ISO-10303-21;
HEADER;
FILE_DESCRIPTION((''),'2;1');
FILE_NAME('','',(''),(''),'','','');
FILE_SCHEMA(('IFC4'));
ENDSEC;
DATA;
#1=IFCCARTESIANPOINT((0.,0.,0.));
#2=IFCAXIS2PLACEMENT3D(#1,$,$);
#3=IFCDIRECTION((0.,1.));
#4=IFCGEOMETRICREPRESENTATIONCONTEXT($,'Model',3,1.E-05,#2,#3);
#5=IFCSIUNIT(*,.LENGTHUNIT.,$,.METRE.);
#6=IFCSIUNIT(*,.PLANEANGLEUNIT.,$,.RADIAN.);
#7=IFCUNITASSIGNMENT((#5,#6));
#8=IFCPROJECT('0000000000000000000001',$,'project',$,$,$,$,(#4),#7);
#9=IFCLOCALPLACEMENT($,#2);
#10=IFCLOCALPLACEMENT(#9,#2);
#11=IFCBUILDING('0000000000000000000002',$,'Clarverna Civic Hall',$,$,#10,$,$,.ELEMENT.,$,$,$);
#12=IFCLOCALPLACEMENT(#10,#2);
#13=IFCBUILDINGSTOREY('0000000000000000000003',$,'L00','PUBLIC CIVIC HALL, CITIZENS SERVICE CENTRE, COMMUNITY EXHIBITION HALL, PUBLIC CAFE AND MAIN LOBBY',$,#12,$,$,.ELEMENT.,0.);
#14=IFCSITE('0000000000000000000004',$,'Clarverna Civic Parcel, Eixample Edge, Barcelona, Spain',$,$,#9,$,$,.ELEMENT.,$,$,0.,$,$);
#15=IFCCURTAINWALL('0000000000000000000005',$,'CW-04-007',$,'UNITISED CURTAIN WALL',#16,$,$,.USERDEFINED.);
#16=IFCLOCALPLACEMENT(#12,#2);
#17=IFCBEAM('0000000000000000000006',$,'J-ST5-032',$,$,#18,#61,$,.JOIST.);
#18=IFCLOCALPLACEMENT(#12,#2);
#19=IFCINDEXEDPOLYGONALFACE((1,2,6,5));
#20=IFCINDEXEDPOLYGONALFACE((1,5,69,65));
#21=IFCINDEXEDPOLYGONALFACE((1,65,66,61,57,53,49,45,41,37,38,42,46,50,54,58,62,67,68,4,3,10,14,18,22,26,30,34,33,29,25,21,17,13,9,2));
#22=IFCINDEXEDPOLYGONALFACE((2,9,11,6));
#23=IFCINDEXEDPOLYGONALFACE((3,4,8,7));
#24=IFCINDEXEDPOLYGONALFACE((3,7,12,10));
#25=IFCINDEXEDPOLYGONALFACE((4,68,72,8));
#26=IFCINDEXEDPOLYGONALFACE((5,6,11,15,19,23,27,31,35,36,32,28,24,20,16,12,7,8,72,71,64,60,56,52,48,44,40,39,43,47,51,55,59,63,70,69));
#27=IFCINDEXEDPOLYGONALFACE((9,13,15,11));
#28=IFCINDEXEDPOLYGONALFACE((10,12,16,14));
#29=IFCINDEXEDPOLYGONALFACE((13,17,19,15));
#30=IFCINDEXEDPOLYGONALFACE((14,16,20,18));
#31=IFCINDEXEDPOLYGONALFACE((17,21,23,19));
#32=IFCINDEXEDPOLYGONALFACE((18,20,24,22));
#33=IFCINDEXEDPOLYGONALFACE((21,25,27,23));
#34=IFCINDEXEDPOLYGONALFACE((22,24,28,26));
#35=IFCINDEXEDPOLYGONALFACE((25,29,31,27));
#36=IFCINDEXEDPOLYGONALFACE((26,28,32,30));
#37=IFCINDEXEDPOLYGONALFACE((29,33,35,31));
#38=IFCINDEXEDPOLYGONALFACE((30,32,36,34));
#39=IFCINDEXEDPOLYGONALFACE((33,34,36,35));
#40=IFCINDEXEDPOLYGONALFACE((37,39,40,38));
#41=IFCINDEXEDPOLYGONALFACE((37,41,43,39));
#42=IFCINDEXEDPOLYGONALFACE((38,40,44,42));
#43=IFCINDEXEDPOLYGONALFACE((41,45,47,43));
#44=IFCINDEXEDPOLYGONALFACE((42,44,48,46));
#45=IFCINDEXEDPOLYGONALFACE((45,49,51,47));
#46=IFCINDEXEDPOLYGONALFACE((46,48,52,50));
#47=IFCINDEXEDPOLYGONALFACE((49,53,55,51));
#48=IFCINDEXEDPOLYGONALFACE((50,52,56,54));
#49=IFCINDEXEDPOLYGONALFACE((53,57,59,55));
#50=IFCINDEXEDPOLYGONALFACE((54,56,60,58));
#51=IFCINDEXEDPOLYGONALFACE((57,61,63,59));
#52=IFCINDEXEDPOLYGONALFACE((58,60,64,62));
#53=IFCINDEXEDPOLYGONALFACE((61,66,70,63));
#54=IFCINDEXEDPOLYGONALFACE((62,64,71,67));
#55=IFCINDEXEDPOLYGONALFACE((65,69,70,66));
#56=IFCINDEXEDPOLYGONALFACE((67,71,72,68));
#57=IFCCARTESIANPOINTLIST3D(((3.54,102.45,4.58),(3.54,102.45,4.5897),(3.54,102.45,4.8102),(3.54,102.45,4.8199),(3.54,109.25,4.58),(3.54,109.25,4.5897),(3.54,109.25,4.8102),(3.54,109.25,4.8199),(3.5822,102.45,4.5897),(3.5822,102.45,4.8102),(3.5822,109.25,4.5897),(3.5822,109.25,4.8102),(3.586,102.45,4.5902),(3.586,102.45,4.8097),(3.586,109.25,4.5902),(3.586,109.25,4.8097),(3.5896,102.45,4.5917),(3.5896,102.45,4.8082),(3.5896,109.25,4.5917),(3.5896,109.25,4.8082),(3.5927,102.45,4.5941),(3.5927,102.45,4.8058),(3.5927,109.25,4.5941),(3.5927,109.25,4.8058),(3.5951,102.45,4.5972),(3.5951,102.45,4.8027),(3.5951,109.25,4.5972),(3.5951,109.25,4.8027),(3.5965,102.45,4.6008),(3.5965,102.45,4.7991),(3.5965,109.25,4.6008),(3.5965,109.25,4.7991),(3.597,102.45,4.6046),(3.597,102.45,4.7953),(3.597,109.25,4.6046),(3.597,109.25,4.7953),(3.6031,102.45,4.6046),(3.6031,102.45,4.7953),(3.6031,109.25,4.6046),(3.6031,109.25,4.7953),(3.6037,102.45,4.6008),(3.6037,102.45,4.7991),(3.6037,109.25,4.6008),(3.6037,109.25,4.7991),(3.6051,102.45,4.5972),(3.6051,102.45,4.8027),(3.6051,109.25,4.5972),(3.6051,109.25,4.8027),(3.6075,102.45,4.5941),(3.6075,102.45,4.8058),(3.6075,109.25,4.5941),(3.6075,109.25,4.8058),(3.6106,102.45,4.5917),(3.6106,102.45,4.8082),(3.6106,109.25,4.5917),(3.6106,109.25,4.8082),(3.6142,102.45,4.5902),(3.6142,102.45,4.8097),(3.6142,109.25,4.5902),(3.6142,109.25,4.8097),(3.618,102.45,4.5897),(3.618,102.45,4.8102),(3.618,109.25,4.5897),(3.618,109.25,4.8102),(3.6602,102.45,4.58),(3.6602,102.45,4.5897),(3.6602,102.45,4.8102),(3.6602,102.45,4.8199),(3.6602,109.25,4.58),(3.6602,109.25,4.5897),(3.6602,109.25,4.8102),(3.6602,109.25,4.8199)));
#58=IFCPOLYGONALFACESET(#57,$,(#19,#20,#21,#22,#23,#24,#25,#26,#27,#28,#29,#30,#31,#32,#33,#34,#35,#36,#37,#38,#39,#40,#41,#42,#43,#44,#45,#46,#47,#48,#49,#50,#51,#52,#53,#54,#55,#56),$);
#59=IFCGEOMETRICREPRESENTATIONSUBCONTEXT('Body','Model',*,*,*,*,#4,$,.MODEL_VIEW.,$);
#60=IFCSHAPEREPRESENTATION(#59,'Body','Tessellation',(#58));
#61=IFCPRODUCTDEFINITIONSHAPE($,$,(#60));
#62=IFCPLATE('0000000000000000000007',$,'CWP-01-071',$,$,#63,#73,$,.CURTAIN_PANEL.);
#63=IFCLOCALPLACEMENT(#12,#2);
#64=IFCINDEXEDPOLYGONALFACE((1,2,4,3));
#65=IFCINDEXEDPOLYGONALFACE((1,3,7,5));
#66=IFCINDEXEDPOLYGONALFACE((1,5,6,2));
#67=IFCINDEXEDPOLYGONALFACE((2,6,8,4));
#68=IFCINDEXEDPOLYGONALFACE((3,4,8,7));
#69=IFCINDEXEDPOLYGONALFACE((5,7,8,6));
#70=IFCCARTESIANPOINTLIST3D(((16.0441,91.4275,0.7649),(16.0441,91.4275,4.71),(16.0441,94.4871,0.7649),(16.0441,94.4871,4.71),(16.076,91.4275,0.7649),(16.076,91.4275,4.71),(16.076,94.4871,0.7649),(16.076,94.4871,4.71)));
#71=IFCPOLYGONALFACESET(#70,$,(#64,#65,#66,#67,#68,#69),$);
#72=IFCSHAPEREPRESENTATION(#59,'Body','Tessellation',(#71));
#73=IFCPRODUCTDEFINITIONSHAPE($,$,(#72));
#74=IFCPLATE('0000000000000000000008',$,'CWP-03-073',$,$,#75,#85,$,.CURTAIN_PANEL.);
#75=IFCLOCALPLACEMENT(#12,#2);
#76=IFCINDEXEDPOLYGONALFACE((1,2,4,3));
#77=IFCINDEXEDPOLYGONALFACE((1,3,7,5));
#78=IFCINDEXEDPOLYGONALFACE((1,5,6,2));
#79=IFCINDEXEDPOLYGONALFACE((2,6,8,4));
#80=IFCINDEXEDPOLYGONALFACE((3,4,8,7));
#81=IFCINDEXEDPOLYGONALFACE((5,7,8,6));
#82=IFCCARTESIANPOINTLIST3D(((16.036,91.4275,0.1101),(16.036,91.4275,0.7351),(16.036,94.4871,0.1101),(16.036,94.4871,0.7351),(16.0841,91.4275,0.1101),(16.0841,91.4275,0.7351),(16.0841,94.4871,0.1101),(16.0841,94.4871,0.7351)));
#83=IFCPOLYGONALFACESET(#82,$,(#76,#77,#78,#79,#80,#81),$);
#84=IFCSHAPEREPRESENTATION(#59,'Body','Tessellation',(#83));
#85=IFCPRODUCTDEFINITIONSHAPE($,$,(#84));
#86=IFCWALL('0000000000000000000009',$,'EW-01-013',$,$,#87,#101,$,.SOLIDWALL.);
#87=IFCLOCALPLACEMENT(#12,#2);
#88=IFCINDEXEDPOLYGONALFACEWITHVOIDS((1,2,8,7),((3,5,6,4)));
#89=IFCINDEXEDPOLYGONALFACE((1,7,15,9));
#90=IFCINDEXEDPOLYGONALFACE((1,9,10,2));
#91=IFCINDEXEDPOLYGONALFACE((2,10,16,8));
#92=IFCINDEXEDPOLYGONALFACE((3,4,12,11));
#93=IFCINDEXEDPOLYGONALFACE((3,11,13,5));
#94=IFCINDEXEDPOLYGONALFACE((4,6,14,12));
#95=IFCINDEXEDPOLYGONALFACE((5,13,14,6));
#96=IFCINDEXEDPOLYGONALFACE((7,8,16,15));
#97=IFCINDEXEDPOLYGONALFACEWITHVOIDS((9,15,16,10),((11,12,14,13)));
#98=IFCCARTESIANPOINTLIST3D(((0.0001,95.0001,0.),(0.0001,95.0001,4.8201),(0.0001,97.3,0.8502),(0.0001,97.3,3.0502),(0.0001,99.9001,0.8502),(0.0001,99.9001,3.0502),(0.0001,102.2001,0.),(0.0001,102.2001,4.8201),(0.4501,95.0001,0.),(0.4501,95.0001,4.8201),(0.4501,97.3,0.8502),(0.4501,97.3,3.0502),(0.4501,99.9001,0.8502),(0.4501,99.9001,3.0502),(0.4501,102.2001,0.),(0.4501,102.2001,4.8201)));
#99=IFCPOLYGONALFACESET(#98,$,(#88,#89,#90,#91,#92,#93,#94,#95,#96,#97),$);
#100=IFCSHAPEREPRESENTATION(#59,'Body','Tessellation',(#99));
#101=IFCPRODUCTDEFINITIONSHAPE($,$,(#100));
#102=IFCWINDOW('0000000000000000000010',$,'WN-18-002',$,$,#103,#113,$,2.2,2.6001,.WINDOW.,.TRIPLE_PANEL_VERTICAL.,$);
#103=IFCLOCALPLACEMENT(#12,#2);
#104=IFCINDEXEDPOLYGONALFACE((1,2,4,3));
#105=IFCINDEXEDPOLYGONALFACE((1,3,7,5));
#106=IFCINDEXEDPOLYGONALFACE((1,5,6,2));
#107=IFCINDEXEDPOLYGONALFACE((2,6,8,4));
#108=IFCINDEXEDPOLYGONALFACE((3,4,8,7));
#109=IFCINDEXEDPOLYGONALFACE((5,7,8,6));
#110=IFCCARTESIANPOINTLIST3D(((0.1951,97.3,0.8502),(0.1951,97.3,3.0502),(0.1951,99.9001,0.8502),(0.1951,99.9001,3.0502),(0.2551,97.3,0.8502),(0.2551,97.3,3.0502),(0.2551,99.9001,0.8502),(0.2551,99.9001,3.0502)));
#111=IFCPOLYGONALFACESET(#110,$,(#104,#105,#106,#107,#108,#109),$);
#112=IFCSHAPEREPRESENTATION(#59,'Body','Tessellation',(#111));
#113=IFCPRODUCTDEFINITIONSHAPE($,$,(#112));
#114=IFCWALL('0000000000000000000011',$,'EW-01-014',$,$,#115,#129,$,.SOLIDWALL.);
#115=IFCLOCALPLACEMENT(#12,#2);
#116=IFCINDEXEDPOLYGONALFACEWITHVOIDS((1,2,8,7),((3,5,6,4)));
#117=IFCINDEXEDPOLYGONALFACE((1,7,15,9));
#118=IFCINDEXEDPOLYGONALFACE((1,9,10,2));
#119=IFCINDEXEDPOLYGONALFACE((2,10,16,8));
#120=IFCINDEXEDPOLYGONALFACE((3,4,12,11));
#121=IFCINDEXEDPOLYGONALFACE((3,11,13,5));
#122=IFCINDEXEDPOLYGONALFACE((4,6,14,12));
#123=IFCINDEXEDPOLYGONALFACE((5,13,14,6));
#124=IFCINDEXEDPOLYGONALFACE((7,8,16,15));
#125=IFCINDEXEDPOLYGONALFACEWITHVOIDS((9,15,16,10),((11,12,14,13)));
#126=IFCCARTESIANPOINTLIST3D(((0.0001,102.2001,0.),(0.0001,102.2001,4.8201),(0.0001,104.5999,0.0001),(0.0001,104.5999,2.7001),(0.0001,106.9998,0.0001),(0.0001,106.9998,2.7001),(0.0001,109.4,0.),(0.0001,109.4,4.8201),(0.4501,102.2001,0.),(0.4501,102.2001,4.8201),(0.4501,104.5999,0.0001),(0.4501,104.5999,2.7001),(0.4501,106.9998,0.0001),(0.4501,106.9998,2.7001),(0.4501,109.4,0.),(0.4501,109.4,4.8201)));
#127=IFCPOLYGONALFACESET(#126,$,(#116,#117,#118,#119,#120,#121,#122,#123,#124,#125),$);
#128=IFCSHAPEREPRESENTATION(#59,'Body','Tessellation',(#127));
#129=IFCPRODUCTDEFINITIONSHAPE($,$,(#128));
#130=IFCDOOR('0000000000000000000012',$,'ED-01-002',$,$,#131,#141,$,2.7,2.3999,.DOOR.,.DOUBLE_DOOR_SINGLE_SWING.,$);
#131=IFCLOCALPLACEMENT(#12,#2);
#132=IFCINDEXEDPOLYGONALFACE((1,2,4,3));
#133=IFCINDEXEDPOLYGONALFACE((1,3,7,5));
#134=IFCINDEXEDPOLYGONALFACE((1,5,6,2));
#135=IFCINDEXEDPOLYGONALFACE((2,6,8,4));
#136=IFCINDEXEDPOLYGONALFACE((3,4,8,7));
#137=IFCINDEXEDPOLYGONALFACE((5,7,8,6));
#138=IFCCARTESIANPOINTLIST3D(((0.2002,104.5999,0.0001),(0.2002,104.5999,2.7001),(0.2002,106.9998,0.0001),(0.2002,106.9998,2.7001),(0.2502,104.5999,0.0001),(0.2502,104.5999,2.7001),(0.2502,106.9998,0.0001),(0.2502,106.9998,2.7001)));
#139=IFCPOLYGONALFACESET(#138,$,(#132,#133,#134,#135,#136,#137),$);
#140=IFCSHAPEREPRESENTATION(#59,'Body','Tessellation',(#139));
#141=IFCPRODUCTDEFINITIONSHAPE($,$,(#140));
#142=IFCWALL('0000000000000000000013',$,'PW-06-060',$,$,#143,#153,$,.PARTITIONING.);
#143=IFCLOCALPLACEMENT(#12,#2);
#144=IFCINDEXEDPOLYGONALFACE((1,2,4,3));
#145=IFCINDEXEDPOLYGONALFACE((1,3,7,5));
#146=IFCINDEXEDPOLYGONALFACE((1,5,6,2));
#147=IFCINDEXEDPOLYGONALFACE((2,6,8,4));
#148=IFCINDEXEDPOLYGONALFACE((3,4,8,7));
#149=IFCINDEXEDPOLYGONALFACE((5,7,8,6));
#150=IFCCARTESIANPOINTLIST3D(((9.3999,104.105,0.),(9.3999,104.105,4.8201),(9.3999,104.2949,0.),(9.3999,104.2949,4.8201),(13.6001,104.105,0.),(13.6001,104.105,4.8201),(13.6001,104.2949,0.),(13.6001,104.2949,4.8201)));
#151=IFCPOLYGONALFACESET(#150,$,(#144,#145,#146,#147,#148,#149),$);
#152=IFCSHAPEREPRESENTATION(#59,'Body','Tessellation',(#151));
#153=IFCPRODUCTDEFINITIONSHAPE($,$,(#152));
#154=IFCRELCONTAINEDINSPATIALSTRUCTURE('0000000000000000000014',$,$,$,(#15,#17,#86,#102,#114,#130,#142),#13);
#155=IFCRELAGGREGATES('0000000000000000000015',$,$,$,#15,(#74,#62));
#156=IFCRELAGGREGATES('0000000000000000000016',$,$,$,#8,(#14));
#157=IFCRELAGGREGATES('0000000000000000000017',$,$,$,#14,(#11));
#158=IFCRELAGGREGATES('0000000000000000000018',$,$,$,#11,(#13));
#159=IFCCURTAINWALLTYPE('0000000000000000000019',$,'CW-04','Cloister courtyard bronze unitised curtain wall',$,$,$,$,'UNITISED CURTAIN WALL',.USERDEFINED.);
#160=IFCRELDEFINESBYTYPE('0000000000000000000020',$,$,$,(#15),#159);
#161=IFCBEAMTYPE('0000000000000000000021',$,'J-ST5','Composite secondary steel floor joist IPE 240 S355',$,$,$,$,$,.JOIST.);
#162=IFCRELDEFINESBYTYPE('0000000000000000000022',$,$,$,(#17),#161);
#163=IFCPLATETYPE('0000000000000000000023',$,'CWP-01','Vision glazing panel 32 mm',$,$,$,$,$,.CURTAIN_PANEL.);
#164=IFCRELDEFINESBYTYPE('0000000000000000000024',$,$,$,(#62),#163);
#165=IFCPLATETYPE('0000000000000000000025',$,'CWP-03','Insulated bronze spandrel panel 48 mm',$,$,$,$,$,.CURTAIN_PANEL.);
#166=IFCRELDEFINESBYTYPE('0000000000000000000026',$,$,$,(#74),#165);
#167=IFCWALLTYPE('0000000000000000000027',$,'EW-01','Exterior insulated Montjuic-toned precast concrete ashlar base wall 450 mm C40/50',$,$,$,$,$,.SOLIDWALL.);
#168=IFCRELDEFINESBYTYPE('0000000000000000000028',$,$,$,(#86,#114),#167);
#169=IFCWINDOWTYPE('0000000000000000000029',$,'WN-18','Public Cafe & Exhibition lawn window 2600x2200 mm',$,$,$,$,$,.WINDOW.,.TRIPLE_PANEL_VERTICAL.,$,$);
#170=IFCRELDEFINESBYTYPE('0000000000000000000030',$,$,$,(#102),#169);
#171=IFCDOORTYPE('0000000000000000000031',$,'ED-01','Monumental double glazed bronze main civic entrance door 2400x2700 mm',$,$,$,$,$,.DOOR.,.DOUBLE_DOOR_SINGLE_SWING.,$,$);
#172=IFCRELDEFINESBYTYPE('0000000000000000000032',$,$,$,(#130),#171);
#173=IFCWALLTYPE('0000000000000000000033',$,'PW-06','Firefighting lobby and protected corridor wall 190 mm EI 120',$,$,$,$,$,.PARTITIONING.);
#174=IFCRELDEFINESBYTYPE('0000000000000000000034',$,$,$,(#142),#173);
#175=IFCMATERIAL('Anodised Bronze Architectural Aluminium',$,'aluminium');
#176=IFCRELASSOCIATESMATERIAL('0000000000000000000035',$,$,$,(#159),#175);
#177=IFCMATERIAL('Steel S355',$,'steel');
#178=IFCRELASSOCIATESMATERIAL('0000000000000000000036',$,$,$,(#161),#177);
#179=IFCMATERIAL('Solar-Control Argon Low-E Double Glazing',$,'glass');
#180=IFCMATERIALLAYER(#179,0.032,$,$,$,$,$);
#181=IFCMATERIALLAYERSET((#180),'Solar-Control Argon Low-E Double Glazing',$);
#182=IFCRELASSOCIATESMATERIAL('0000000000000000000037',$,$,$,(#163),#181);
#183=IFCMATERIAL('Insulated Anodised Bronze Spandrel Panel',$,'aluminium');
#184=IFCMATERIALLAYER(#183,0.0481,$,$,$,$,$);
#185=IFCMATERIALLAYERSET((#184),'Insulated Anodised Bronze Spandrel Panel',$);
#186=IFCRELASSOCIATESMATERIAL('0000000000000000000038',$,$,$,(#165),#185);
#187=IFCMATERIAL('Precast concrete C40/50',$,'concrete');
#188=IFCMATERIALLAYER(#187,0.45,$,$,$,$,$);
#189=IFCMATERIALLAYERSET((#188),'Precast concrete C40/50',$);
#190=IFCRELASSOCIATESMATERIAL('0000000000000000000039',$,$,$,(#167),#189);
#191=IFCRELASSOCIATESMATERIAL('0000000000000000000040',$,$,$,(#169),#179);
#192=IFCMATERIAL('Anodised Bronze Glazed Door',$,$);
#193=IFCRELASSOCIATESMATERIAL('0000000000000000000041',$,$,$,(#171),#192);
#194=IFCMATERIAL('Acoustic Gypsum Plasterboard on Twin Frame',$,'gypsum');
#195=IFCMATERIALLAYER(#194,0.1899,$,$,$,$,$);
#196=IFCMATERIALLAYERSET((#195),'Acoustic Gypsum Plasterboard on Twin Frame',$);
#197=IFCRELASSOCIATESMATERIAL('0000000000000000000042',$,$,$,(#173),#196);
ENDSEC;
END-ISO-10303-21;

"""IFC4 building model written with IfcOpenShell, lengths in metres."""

from ifc_helpers import new_model, si_unit, direction, frame, frame_2d, origin, origin_2d, place, context, subcontext, project, spatial, rectangle, i_section, extrude, material, layer, layer_set, material_profile, profile_set, type_object, element, fill, aggregate, save


model = new_model("IFC4")

# Units and contexts
model_context = context("Model", 3, precision=1e-05, world=origin(), true_north=direction((0.0, 1.0)))
body_context = subcontext(model_context, "Body", "Model", "MODEL_VIEW")
ifc_project = project(units=[si_unit("LENGTHUNIT", "METRE"), si_unit("PLANEANGLEUNIT", "RADIAN")], contexts=[model_context])

# Site, building, storey
site_placement = place(None, origin())
site = spatial("IfcSite", under=ifc_project, at=site_placement, Name="Clarverna Civic Parcel, Eixample Edge, Barcelona, Spain", CompositionType="ELEMENT", RefElevation=0.0)
building_placement = place(site_placement, origin())
building = spatial("IfcBuilding", under=site, at=building_placement, Name="Clarverna Civic Hall", CompositionType="ELEMENT")
storey_placement = place(building_placement, origin())
storey = spatial("IfcBuildingStorey", under=building, at=storey_placement, Name="L00", Description="PUBLIC CIVIC HALL, CITIZENS SERVICE CENTRE, COMMUNITY EXHIBITION HALL, PUBLIC CAFE AND MAIN LOBBY", CompositionType="ELEMENT", Elevation=0.0)

# Shared definitions
ifc_material_1 = material(Name="Steel S355", Category="steel")

# Curtain wall
ifc_material_2 = material(Name="Anodised Bronze Architectural Aluminium", Category="aluminium")
curtain_wall_type = type_object("IfcCurtainWallType", Name="CW-04", Description="Cloister courtyard bronze unitised curtain wall", ElementType="UNITISED CURTAIN WALL", PredefinedType="USERDEFINED", material=ifc_material_2)
curtain_wall_placement = place(storey_placement, origin())
curtain_wall = element("IfcCurtainWall", 1, at=curtain_wall_placement, inside=storey, type_object=curtain_wall_type, Name="CW-04-007", ObjectType="UNITISED CURTAIN WALL", PredefinedType="USERDEFINED")

# Beam
ifc_material_profile_1 = material_profile(ifc_material_1, i_section(OverallWidth=0.1201, OverallDepth=0.24, WebThickness=0.0061, FlangeThickness=0.0098, FilletRadius=0.0149, at=origin_2d()), Name="IPE 240")
ifc_profile_set_1 = profile_set([ifc_material_profile_1], Name="Steel S355")
beam_type_1 = type_object("IfcBeamType", Name="J-ST5", Description="Composite secondary steel floor joist IPE 240 S355", PredefinedType="JOIST", material=ifc_profile_set_1)
beam_1_placement = place(storey_placement, frame((3.6001, 102.45, 4.7), z_axis=(0.0, 1.0, 0.0), x_axis=(-1.0, 0.0, 0.0)))
element("IfcBeam", 2, at=beam_1_placement, inside=storey, type_object=beam_type_1, Name="J-ST5-032", PredefinedType="JOIST", context=body_context, shape_type="SweptSolid", body=[
    extrude(i_section(OverallWidth=0.1201, OverallDepth=0.24, WebThickness=0.0061, FlangeThickness=0.0098, FilletRadius=0.0149, at=origin_2d()), origin(), (0.0, 0.0, 1.0), 6.8),
])

# Plates
ifc_material_3 = material(Name="Solar-Control Argon Low-E Double Glazing", Category="glass")
ifc_layer_1 = layer(ifc_material_3, 0.032)
ifc_layer_set_1 = layer_set([ifc_layer_1], Name="Solar-Control Argon Low-E Double Glazing")
plate_type_1 = type_object("IfcPlateType", Name="CWP-01", Description="Vision glazing panel 32 mm", PredefinedType="CURTAIN_PANEL", material=ifc_layer_set_1)
plate_1_placement = place(storey_placement, frame((16.0601, 94.4871, 0.7649), z_axis=(0.0, 0.0, 1.0), x_axis=(0.0, -1.0, 0.0)))
plate_1 = element("IfcPlate", 3, at=plate_1_placement, type_object=plate_type_1, Name="CWP-01-071", PredefinedType="CURTAIN_PANEL", context=body_context, shape_type="SweptSolid", body=[
    extrude(rectangle(XDim=3.0596, YDim=0.032, at=frame_2d((1.5298, 0.0))), origin(), (0.0, 0.0, 1.0), 3.9451),
])
ifc_material_4 = material(Name="Insulated Anodised Bronze Spandrel Panel", Category="aluminium")
ifc_layer_2 = layer(ifc_material_4, 0.0481)
ifc_layer_set_2 = layer_set([ifc_layer_2], Name="Insulated Anodised Bronze Spandrel Panel")
plate_type_2 = type_object("IfcPlateType", Name="CWP-03", Description="Insulated bronze spandrel panel 48 mm", PredefinedType="CURTAIN_PANEL", material=ifc_layer_set_2)
plate_2_placement = place(storey_placement, frame((16.0601, 94.4871, 0.1101), z_axis=(0.0, 0.0, 1.0), x_axis=(0.0, -1.0, 0.0)))
plate_2 = element("IfcPlate", 4, at=plate_2_placement, type_object=plate_type_2, Name="CWP-03-073", PredefinedType="CURTAIN_PANEL", context=body_context, shape_type="SweptSolid", body=[
    extrude(rectangle(XDim=3.0596, YDim=0.0481, at=frame_2d((1.5298, 0.0))), origin(), (0.0, 0.0, 1.0), 0.625),
])
aggregate(curtain_wall, [plate_2, plate_1])

# Wall, opening, window
ifc_material_5 = material(Name="Precast concrete C40/50", Category="concrete")
ifc_layer_3 = layer(ifc_material_5, 0.45)
ifc_layer_set_3 = layer_set([ifc_layer_3], Name="Precast concrete C40/50")
wall_type_1 = type_object("IfcWallType", Name="EW-01", Description="Exterior insulated Montjuic-toned precast concrete ashlar base wall 450 mm C40/50", PredefinedType="SOLIDWALL", material=ifc_layer_set_3)
wall_1_placement = place(storey_placement, frame((0.2251, 95.0, 0.0), z_axis=(0.0, 0.0, 1.0), x_axis=(0.0, 1.0, 0.0)))
wall_1 = element("IfcWall", 5, at=wall_1_placement, inside=storey, type_object=wall_type_1, Name="EW-01-013", PredefinedType="SOLIDWALL", context=body_context, shape_type="SweptSolid", body=[
    extrude(rectangle(XDim=7.2, YDim=0.45, at=frame_2d((3.6001, 0.0))), origin(), (0.0, 0.0, 1.0), 4.8201),
])
opening_1_placement = place(wall_1_placement, frame((2.3, 0.0, 0.8501)))
opening_1 = element("IfcOpeningElement", 6, at=opening_1_placement, cuts=wall_1, PredefinedType="OPENING", context=body_context, shape_type="SweptSolid", body=[
    extrude(rectangle(XDim=2.6001, YDim=2.2, at=frame_2d((1.3, 1.1001))), frame((0.0, 0.2349, 0.0), z_axis=(0.0, -1.0, 0.0), x_axis=(1.0, 0.0, 0.0)), (0.0, 0.0, 1.0), 0.47),
])
window_type = type_object("IfcWindowType", Name="WN-18", Description="Public Cafe & Exhibition lawn window 2600x2200 mm", PartitioningType="TRIPLE_PANEL_VERTICAL", PredefinedType="WINDOW", material=ifc_material_3)
window_placement = place(opening_1_placement, origin())
window = element("IfcWindow", 7, at=window_placement, inside=storey, type_object=window_type, Name="WN-18-002", OverallHeight=2.2, OverallWidth=2.6001, PartitioningType="TRIPLE_PANEL_VERTICAL", PredefinedType="WINDOW", context=body_context, shape_type="SweptSolid", body=[
    extrude(rectangle(XDim=2.6001, YDim=2.2, at=frame_2d((1.3, 1.1001))), frame((0.0, 0.03, 0.0), z_axis=(0.0, -1.0, 0.0), x_axis=(1.0, 0.0, 0.0)), (0.0, 0.0, 1.0), 0.0601),
])
fill(opening_1, window)

# Wall, opening, door
wall_2_placement = place(storey_placement, frame((0.2251, 102.2, 0.0), z_axis=(0.0, 0.0, 1.0), x_axis=(0.0, 1.0, 0.0)))
wall_2 = element("IfcWall", 8, at=wall_2_placement, inside=storey, type_object=wall_type_1, Name="EW-01-014", PredefinedType="SOLIDWALL", context=body_context, shape_type="SweptSolid", body=[
    extrude(rectangle(XDim=7.2, YDim=0.45, at=frame_2d((3.6001, 0.0))), origin(), (0.0, 0.0, 1.0), 4.8201),
])
opening_2_placement = place(wall_2_placement, frame((2.3999, 0.0, 0.0)))
opening_2 = element("IfcOpeningElement", 9, at=opening_2_placement, cuts=wall_2, PredefinedType="OPENING", context=body_context, shape_type="SweptSolid", body=[
    extrude(rectangle(XDim=2.3999, YDim=2.7, at=frame_2d((1.2, 1.3501))), frame((0.0, 0.2349, 0.0), z_axis=(0.0, -1.0, 0.0), x_axis=(1.0, 0.0, 0.0)), (0.0, 0.0, 1.0), 0.47),
])
ifc_material_6 = material(Name="Anodised Bronze Glazed Door")
door_type_1 = type_object("IfcDoorType", Name="ED-01", Description="Monumental double glazed bronze main civic entrance door 2400x2700 mm", OperationType="DOUBLE_DOOR_SINGLE_SWING", PredefinedType="DOOR", material=ifc_material_6)
door_1_placement = place(opening_2_placement, origin())
door_1 = element("IfcDoor", 10, at=door_1_placement, inside=storey, type_object=door_type_1, Name="ED-01-002", OperationType="DOUBLE_DOOR_SINGLE_SWING", OverallHeight=2.7, OverallWidth=2.3999, PredefinedType="DOOR", context=body_context, shape_type="SweptSolid", body=[
    extrude(rectangle(XDim=2.3999, YDim=2.7, at=frame_2d((1.2, 1.3501))), frame((0.0, 0.0249, 0.0), z_axis=(0.0, -1.0, 0.0), x_axis=(1.0, 0.0, 0.0)), (0.0, 0.0, 1.0), 0.05),
])
fill(opening_2, door_1)
ifc_material_7 = material(Name="Acoustic Gypsum Plasterboard on Twin Frame", Category="gypsum")
ifc_layer_4 = layer(ifc_material_7, 0.1899)
ifc_layer_set_4 = layer_set([ifc_layer_4], Name="Acoustic Gypsum Plasterboard on Twin Frame")
wall_type_2 = type_object("IfcWallType", Name="PW-06", Description="Firefighting lobby and protected corridor wall 190 mm EI 120", PredefinedType="PARTITIONING", material=ifc_layer_set_4)

# Wall
wall_3_placement = place(storey_placement, frame((9.3999, 104.2, 0.0), z_axis=(0.0, 0.0, 1.0), x_axis=(1.0, 0.0, 0.0)))
element("IfcWall", 11, at=wall_3_placement, inside=storey, type_object=wall_type_2, Name="PW-06-060", PredefinedType="PARTITIONING", context=body_context, shape_type="SweptSolid", body=[
    extrude(rectangle(XDim=4.2002, YDim=0.1899, at=frame_2d((2.1001, 0.0))), origin(), (0.0, 0.0, 1.0), 4.8201),
])

save(model, "model.ifc")
